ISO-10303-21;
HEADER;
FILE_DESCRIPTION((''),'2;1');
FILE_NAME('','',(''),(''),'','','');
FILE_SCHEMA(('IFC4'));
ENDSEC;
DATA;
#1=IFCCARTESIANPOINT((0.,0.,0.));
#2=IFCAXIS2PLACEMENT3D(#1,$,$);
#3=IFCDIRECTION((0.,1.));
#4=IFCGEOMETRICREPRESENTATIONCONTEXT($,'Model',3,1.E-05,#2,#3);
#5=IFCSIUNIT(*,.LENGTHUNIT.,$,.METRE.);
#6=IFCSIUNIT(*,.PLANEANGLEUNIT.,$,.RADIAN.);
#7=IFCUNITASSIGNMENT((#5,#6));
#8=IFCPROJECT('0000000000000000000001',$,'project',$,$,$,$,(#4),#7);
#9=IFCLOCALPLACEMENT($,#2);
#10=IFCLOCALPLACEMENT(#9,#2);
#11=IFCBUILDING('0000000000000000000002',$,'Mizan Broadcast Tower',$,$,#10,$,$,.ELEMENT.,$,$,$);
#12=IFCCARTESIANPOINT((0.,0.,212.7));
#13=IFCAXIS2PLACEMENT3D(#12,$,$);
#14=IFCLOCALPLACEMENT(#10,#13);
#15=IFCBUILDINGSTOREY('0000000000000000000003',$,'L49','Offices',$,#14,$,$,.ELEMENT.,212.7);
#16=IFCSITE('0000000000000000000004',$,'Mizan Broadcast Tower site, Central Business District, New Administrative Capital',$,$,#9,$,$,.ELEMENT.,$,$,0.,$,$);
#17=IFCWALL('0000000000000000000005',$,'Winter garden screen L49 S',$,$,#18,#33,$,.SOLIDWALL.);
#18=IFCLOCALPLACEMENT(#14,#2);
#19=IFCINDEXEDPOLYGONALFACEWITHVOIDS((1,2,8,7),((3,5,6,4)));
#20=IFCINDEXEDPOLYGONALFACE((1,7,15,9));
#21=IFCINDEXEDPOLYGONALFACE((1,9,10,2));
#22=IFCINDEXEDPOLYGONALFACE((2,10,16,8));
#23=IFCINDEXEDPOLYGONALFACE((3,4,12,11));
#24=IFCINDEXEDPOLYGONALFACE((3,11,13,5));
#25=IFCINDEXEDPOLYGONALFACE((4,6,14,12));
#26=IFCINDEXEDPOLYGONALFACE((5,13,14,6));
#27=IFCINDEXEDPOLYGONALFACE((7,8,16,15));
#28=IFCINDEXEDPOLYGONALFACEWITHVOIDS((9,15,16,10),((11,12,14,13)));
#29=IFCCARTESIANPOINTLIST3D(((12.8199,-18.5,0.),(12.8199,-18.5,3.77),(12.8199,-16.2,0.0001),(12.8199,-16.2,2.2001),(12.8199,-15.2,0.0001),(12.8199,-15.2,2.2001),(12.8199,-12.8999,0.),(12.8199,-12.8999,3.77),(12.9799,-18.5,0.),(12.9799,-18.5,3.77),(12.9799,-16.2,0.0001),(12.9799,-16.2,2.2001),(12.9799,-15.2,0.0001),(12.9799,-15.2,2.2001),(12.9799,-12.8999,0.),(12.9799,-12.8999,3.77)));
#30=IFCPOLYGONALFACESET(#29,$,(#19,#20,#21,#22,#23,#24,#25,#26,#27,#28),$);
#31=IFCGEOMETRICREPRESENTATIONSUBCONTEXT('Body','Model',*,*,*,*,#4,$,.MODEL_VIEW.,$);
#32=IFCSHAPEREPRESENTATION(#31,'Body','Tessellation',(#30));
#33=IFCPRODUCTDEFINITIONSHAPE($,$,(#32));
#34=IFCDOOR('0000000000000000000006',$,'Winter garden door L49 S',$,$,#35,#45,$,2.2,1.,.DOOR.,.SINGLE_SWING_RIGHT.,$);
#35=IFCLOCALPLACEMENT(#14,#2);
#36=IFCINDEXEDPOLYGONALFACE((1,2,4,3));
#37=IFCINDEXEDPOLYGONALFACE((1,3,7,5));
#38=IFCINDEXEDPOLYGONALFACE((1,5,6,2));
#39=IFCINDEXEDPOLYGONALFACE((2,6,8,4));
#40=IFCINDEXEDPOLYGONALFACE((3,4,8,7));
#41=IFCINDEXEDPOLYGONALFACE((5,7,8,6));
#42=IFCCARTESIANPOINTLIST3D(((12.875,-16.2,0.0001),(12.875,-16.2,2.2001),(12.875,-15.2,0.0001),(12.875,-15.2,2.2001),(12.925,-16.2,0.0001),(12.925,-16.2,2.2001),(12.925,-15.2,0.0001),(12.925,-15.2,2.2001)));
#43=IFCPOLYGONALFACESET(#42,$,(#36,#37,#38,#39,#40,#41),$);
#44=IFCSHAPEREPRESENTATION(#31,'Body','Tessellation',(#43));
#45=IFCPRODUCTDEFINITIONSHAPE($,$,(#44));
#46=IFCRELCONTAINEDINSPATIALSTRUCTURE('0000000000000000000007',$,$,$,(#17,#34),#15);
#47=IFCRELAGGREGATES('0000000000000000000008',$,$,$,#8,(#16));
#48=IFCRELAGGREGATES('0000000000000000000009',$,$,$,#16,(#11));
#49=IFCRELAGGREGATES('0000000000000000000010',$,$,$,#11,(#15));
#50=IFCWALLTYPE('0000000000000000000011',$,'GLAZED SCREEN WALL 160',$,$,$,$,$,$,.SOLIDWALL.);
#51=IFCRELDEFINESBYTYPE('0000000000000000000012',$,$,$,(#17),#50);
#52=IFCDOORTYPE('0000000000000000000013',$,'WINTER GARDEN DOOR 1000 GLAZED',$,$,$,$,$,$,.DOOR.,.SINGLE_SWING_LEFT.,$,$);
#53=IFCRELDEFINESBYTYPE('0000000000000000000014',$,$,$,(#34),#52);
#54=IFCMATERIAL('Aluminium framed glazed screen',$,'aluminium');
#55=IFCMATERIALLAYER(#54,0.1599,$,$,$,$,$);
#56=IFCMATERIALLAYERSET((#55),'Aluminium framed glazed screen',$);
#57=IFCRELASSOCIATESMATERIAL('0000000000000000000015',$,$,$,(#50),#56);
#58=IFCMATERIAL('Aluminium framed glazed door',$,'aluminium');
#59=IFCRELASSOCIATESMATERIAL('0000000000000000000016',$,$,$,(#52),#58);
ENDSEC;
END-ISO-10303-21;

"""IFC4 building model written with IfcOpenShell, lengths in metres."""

from ifc_helpers import new_model, si_unit, direction, frame, frame_2d, origin, place, context, subcontext, project, spatial, rectangle, extrude, material, layer, layer_set, type_object, element, fill, save


model = new_model("IFC4")

# Units and contexts
model_context = context("Model", 3, precision=1e-05, world=origin(), true_north=direction((0.0, 1.0)))
body_context = subcontext(model_context, "Body", "Model", "MODEL_VIEW")
ifc_project = project(units=[si_unit("LENGTHUNIT", "METRE"), si_unit("PLANEANGLEUNIT", "RADIAN")], contexts=[model_context])

# Site, building, storey
site_placement = place(None, origin())
site = spatial("IfcSite", under=ifc_project, at=site_placement, Name="Mizan Broadcast Tower site, Central Business District, New Administrative Capital", CompositionType="ELEMENT", RefElevation=0.0)
building_placement = place(site_placement, origin())
building = spatial("IfcBuilding", under=site, at=building_placement, Name="Mizan Broadcast Tower", CompositionType="ELEMENT")
storey_placement = place(building_placement, frame((0.0, 0.0, 212.7)))
storey = spatial("IfcBuildingStorey", under=building, at=storey_placement, Name="L49", Description="Offices", CompositionType="ELEMENT", Elevation=212.7)

# Shared definitions
ifc_material_1 = material(Name="Aluminium framed glazed screen", Category="aluminium")
ifc_layer_1 = layer(ifc_material_1, 0.1599)
ifc_layer_set_1 = layer_set([ifc_layer_1], Name="Aluminium framed glazed screen")
wall_type = type_object("IfcWallType", Name="GLAZED SCREEN WALL 160", PredefinedType="SOLIDWALL", material=ifc_layer_set_1)

# Wall, opening, door
wall_1_placement = place(storey_placement, frame((12.8999, -18.5, 0.0), z_axis=(0.0, 0.0, 1.0), x_axis=(0.0, 1.0, 0.0)))
wall_1 = element("IfcWall", 1, at=wall_1_placement, inside=storey, type_object=wall_type, Name="Winter garden screen L49 S", PredefinedType="SOLIDWALL", context=body_context, shape_type="SweptSolid", body=[
    extrude(rectangle(XDim=5.6001, YDim=0.1599, at=frame_2d((2.8, 0.0))), origin(), (0.0, 0.0, 1.0), 3.77),
])
opening_placement = place(wall_1_placement, frame((2.3, 0.0, 0.0)))
opening = element("IfcOpeningElement", 2, at=opening_placement, cuts=wall_1, PredefinedType="OPENING", context=body_context, shape_type="SweptSolid", body=[
    extrude(rectangle(XDim=1.0, YDim=2.2, at=frame_2d((0.5, 1.1001))), frame((0.0, 0.0898, 0.0), z_axis=(0.0, -1.0, 0.0), x_axis=(1.0, 0.0, 0.0)), (0.0, 0.0, 1.0), 0.1799),
])
ifc_material_2 = material(Name="Aluminium framed glazed door", Category="aluminium")
door_type = type_object("IfcDoorType", Name="WINTER GARDEN DOOR 1000 GLAZED", OperationType="SINGLE_SWING_LEFT", PredefinedType="DOOR", material=ifc_material_2)
door_placement = place(opening_placement, origin())
door = element("IfcDoor", 3, at=door_placement, inside=storey, type_object=door_type, Name="Winter garden door L49 S", OperationType="SINGLE_SWING_RIGHT", OverallHeight=2.2, OverallWidth=1.0, PredefinedType="DOOR", context=body_context, shape_type="SweptSolid", body=[
    extrude(rectangle(XDim=1.0, YDim=2.2, at=frame_2d((0.5, 1.1001))), frame((0.0, 0.0249, 0.0), z_axis=(0.0, -1.0, 0.0), x_axis=(1.0, 0.0, 0.0)), (0.0, 0.0, 1.0), 0.05),
])
fill(opening, door)

save(model, "model.ifc")
